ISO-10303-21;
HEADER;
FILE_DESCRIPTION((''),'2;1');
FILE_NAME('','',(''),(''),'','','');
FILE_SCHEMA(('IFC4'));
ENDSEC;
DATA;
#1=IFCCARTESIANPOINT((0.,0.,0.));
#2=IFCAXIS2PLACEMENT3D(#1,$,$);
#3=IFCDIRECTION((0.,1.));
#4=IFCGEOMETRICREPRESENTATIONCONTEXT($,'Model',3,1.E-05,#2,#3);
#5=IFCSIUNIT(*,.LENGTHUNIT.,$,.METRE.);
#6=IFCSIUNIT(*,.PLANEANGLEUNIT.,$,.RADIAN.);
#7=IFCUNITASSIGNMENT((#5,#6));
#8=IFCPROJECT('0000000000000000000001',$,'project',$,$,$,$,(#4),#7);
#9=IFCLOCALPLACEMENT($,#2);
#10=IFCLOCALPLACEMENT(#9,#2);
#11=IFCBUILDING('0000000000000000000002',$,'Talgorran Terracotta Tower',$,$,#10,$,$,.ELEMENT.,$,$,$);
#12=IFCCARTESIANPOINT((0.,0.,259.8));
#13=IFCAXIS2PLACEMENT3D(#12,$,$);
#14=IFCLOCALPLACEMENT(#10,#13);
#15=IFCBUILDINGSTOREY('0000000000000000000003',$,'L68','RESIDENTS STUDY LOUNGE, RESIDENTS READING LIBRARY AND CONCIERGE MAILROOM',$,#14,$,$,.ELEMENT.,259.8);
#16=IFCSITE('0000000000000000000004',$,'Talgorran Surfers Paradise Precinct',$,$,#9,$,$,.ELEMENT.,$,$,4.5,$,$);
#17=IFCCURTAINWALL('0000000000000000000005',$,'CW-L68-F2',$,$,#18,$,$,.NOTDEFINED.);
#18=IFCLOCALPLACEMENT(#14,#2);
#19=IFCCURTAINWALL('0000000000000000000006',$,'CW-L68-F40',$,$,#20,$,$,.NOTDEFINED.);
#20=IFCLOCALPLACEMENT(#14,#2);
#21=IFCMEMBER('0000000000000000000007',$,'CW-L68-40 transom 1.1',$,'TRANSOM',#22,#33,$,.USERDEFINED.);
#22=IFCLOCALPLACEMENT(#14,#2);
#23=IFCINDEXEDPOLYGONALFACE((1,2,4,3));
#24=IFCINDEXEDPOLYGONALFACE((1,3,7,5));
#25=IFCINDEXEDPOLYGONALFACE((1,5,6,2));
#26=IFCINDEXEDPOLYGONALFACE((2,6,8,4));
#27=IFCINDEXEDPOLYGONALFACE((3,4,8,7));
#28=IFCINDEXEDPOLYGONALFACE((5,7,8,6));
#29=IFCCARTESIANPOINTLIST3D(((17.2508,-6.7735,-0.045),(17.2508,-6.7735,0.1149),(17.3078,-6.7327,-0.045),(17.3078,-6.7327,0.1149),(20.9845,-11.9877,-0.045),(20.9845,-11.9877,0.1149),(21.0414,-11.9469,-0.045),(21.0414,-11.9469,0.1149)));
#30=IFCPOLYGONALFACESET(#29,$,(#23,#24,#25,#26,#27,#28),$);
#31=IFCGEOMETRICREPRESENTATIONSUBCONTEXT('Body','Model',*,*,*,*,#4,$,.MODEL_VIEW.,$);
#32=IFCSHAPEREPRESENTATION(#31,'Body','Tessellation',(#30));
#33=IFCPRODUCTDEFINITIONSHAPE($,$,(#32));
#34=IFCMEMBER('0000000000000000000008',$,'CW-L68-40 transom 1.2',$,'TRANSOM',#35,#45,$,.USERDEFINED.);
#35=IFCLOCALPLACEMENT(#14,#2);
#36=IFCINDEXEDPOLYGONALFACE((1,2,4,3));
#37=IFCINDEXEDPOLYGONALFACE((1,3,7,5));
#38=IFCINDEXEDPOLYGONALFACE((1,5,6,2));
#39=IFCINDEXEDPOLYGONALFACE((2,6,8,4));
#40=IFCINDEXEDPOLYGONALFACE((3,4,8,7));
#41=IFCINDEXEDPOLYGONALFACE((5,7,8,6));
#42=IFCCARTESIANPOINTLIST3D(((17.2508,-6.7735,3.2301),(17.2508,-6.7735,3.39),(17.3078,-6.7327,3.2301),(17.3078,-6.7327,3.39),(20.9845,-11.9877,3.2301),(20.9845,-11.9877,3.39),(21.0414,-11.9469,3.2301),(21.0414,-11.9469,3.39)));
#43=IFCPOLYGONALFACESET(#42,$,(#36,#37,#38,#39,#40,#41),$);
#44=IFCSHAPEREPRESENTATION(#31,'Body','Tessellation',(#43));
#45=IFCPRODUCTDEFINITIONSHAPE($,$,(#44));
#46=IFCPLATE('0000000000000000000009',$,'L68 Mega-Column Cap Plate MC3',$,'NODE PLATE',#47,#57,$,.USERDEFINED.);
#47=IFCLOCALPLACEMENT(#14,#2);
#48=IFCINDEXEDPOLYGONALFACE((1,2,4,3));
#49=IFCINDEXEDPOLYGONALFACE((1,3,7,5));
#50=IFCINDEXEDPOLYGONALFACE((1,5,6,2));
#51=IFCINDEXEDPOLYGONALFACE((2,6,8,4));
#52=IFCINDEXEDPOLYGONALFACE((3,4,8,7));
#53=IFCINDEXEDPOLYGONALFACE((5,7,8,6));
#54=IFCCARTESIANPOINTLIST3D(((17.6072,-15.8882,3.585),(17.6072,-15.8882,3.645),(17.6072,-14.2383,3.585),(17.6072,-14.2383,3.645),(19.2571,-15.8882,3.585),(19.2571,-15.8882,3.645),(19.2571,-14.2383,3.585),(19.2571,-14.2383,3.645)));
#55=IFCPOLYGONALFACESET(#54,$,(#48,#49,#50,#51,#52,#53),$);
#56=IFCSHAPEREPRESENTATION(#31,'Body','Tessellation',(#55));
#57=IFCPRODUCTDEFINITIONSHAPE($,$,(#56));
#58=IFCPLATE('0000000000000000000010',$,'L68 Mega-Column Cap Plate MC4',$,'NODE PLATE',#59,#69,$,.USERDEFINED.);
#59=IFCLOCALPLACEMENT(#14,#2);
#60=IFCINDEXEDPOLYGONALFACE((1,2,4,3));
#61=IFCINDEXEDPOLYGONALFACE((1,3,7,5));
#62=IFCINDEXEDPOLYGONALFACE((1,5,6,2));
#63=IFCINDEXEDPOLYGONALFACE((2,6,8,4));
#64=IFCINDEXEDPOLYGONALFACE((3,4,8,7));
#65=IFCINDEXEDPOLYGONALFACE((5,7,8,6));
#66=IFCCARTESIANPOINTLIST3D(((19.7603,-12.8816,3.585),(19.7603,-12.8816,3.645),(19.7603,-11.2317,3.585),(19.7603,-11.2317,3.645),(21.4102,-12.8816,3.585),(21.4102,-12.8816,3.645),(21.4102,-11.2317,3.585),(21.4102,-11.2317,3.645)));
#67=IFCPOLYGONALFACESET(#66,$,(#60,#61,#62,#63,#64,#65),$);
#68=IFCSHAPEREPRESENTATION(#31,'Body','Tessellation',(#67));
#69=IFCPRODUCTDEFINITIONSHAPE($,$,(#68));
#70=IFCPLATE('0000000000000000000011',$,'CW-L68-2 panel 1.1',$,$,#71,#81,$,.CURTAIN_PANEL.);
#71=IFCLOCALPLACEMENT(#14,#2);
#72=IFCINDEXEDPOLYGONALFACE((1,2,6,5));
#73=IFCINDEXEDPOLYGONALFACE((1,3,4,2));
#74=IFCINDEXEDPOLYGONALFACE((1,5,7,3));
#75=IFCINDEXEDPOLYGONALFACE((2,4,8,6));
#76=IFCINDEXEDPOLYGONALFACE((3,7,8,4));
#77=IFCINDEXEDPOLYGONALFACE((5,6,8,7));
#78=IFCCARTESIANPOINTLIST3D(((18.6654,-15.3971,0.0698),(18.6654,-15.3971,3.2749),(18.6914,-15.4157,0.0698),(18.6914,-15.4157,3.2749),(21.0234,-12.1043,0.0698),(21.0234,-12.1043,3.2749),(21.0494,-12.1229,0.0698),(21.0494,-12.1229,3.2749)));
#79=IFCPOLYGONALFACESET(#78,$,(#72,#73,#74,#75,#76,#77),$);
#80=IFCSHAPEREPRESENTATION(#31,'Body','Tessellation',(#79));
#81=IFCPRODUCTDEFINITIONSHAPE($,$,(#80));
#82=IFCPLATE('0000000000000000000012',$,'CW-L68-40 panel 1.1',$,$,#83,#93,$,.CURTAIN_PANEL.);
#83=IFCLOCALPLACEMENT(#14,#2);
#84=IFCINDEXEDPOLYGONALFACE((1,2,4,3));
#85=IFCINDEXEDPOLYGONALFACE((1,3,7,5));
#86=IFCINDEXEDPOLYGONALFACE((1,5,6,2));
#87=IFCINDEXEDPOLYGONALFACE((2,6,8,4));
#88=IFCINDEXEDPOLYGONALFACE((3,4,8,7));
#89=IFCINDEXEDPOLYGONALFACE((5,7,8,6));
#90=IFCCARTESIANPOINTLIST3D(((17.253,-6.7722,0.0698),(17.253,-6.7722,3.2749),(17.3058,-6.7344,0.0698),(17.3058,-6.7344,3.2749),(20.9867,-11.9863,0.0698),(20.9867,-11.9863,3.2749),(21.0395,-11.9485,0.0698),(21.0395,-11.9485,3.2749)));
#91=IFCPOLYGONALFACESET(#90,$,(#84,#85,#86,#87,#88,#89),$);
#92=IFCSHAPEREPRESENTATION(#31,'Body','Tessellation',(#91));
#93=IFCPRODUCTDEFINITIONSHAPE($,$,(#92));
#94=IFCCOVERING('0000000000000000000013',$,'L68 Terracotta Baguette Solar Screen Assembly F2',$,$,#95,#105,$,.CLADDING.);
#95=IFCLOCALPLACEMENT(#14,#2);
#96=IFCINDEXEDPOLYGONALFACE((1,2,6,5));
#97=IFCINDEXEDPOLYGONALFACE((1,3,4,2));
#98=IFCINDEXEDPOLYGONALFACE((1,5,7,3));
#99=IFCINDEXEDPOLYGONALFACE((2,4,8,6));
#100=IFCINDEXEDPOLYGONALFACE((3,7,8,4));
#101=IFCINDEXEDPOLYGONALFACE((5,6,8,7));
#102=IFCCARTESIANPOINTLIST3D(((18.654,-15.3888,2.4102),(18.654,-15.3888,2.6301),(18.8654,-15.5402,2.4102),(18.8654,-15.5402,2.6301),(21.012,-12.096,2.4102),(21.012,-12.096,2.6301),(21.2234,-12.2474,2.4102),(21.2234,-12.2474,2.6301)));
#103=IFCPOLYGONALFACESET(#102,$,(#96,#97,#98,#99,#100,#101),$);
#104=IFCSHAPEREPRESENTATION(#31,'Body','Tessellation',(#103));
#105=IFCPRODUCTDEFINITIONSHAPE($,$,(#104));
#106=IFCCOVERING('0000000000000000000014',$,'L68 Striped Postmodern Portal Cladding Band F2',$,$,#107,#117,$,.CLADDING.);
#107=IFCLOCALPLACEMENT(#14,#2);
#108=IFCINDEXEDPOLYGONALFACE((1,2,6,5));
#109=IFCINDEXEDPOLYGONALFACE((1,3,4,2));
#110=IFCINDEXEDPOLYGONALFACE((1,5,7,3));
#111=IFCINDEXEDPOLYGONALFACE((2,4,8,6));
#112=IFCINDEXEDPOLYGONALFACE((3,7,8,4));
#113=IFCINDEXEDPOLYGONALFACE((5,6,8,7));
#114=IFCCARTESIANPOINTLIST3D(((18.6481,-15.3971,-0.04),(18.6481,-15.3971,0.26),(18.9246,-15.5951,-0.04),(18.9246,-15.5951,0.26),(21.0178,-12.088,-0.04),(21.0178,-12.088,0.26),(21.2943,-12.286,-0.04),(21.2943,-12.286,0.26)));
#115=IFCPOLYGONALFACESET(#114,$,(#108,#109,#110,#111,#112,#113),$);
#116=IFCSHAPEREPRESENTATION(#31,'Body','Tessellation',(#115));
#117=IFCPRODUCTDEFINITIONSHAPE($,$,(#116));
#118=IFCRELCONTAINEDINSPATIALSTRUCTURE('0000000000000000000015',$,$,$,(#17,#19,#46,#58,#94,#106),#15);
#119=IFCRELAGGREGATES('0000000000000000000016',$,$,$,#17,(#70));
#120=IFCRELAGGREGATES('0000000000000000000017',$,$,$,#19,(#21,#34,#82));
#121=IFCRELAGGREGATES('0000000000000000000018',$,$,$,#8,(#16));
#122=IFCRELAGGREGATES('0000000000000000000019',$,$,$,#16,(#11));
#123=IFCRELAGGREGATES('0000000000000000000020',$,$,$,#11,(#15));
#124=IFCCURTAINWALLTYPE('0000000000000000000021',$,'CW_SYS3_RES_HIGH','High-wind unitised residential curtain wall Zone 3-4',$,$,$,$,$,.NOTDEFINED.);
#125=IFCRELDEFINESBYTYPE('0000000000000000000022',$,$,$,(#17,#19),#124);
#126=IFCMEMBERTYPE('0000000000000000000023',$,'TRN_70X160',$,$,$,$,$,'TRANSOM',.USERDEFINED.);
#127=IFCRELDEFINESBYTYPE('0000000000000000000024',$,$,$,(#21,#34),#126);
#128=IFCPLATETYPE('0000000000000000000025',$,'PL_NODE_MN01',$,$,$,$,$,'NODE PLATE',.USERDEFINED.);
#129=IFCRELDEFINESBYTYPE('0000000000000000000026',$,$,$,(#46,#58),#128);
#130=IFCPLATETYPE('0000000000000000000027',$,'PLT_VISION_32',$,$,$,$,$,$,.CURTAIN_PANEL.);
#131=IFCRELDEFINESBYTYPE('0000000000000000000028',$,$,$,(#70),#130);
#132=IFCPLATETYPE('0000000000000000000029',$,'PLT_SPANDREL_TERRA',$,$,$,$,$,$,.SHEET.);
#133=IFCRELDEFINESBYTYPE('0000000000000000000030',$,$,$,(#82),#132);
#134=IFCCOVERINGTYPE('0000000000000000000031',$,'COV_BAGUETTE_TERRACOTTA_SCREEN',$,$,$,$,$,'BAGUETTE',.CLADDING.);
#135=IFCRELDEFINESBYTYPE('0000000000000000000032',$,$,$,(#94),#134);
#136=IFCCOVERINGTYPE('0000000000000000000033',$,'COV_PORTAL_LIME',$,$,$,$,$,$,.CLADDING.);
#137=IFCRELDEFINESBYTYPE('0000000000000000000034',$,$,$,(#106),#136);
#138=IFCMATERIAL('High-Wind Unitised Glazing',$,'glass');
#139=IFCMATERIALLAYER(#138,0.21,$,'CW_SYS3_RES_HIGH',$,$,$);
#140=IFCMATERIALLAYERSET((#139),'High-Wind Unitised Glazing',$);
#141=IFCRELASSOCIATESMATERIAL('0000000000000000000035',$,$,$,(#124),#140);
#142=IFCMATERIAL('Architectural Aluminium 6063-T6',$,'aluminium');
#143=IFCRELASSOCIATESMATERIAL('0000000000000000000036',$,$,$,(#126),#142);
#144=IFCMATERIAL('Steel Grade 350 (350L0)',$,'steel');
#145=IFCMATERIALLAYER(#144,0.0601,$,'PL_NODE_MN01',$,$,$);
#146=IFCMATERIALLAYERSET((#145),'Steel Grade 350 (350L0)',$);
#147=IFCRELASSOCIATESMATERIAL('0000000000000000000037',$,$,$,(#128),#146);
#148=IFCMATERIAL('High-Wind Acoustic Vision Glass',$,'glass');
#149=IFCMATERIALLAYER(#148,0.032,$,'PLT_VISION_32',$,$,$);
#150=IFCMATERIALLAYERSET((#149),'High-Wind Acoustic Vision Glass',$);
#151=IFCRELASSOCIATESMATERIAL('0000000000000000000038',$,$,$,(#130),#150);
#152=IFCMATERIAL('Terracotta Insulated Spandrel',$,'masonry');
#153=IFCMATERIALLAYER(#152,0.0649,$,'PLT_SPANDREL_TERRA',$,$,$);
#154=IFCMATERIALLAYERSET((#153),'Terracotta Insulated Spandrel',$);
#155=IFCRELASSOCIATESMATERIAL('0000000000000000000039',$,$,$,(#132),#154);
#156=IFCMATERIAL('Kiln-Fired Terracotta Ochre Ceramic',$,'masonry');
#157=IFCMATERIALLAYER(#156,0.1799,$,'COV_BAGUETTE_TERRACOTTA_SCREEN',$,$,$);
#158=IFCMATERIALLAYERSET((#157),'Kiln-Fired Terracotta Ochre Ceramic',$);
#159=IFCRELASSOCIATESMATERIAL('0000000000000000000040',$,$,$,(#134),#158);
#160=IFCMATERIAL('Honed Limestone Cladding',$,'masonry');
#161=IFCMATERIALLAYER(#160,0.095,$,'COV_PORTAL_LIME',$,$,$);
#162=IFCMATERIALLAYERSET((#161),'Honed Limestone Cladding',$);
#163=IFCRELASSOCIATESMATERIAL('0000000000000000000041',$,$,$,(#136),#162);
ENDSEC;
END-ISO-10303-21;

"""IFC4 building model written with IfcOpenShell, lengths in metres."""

from ifc_helpers import new_model, si_unit, direction, frame, origin, origin_2d, place, context, subcontext, project, spatial, rectangle, extrude, source, transform, mapped, material, layer, layer_set, material_profile, profile_set, type_object, type_shapes, element, aggregate, save


model = new_model("IFC4")

# Units and contexts
model_context = context("Model", 3, precision=1e-05, world=origin(), true_north=direction((0.0, 1.0)))
body_context = subcontext(model_context, "Body", "Model", "MODEL_VIEW")
ifc_project = project(units=[si_unit("LENGTHUNIT", "METRE"), si_unit("PLANEANGLEUNIT", "RADIAN")], contexts=[model_context])

# Site, building, storey
site_placement = place(None, origin())
site = spatial("IfcSite", under=ifc_project, at=site_placement, Name="Talgorran Surfers Paradise Precinct", CompositionType="ELEMENT", RefElevation=4.5)
building_placement = place(site_placement, origin())
building = spatial("IfcBuilding", under=site, at=building_placement, Name="Talgorran Terracotta Tower", CompositionType="ELEMENT")
storey_placement = place(building_placement, frame((0.0, 0.0, 259.8)))
storey = spatial("IfcBuildingStorey", under=building, at=storey_placement, Name="L68", Description="RESIDENTS STUDY LOUNGE, RESIDENTS READING LIBRARY AND CONCIERGE MAILROOM", CompositionType="ELEMENT", Elevation=259.8)

# Shared definitions
ifc_material_1 = material(Name="Steel Grade 350 (350L0)", Category="steel")

# Shared definitions
ifc_material_2 = material(Name="High-Wind Unitised Glazing", Category="glass")
ifc_layer_1 = layer(ifc_material_2, 0.21, Name="CW_SYS3_RES_HIGH")
ifc_layer_set_1 = layer_set([ifc_layer_1], Name="High-Wind Unitised Glazing")
curtain_wall_type = type_object("IfcCurtainWallType", Name="CW_SYS3_RES_HIGH", Description="High-wind unitised residential curtain wall Zone 3-4", PredefinedType="NOTDEFINED", material=ifc_layer_set_1)
ifc_material_3 = material(Name="Architectural Aluminium 6063-T6", Category="aluminium")

# Curtain wall
curtain_wall_1_placement = place(storey_placement, origin())
curtain_wall_1 = element("IfcCurtainWall", 1, at=curtain_wall_1_placement, inside=storey, type_object=curtain_wall_type, Name="CW-L68-F2", PredefinedType="NOTDEFINED")

# Curtain wall
curtain_wall_2_placement = place(storey_placement, origin())
curtain_wall_2 = element("IfcCurtainWall", 2, at=curtain_wall_2_placement, inside=storey, type_object=curtain_wall_type, Name="CW-L68-F40", PredefinedType="NOTDEFINED")

# Members
ifc_material_profile_1 = material_profile(ifc_material_3, rectangle(XDim=0.0701, YDim=0.1599, at=origin_2d()), Name="CWT70X160")
ifc_profile_set_1 = profile_set([ifc_material_profile_1], Name="Architectural Aluminium 6063-T6")
member_type_1 = type_object("IfcMemberType", Name="TRN_70X160", ElementType="TRANSOM", PredefinedType="USERDEFINED", material=ifc_profile_set_1)
member_1_placement = place(storey_placement, frame((21.0129, -11.9673, 0.0349), z_axis=(-0.582196, 0.813049, 0.0), x_axis=(-0.813049, -0.582196, 0.0)))
member_1 = element("IfcMember", 3, at=member_1_placement, type_object=member_type_1, Name="CW-L68-40 transom 1.1", ObjectType="TRANSOM", PredefinedType="USERDEFINED", context=body_context, shape_type="SweptSolid", body=[
    extrude(rectangle(XDim=0.0701, YDim=0.1599, at=origin_2d()), origin(), (0.0, 0.0, 1.0), 6.4131),
])
member_2_placement = place(storey_placement, frame((21.0129, -11.9673, 3.3101), z_axis=(-0.582196, 0.813049, 0.0), x_axis=(-0.813049, -0.582196, 0.0)))
member_2 = element("IfcMember", 4, at=member_2_placement, type_object=member_type_1, Name="CW-L68-40 transom 1.2", ObjectType="TRANSOM", PredefinedType="USERDEFINED", context=body_context, shape_type="SweptSolid", body=[
    extrude(rectangle(XDim=0.0701, YDim=0.1599, at=origin_2d()), origin(), (0.0, 0.0, 1.0), 6.4131),
])

# Plates
ifc_layer_2 = layer(ifc_material_1, 0.0601, Name="PL_NODE_MN01")
ifc_layer_set_2 = layer_set([ifc_layer_2], Name="Steel Grade 350 (350L0)")
plate_type_1 = type_object("IfcPlateType", Name="PL_NODE_MN01", ElementType="NODE PLATE", PredefinedType="USERDEFINED", material=ifc_layer_set_2)
for number, where, z_axis, x_axis, name in (
    (5, (18.4321, -15.0632, 3.585), (0.0, 0.0, 1.0), (1.0, 0.0, 0.0), "L68 Mega-Column Cap Plate MC3"),
    (6, (20.5852, -12.0566, 3.585), (0.0, 0.0, 1.0), (1.0, 0.0, 0.0), "L68 Mega-Column Cap Plate MC4"),
):
    element("IfcPlate", number, at=place(storey_placement, frame(where, z_axis=z_axis, x_axis=x_axis)), inside=storey, type_object=plate_type_1, Name=name, ObjectType="NODE PLATE", PredefinedType="USERDEFINED", context=body_context, shape_type="SweptSolid", body=[
        extrude(rectangle(XDim=1.6499, YDim=1.6499, at=origin_2d()), origin(), (0.0, 0.0, 1.0), 0.0601),
    ])

# Plates
ifc_material_4 = material(Name="High-Wind Acoustic Vision Glass", Category="glass")
ifc_layer_3 = layer(ifc_material_4, 0.032, Name="PLT_VISION_32")
ifc_layer_set_3 = layer_set([ifc_layer_3], Name="High-Wind Acoustic Vision Glass")
plate_type_2 = type_object("IfcPlateType", Name="PLT_VISION_32", PredefinedType="CURTAIN_PANEL", material=ifc_layer_set_3)
shared_shape_1 = source(origin(), body_context, "Body", "SweptSolid", [
    extrude(rectangle(XDim=4.05, YDim=0.032, at=origin_2d()), origin(), (0.0, 0.0, 1.0), 3.2051),
])
type_shapes(plate_type_2, [shared_shape_1])
plate_1_placement = place(storey_placement, frame((19.8574, -13.76, 0.0698), z_axis=(0.0, 0.0, 1.0), x_axis=(0.58222, 0.813031, 0.0)))
plate_1 = element("IfcPlate", 7, at=plate_1_placement, type_object=plate_type_2, Name="CW-L68-2 panel 1.1", PredefinedType="CURTAIN_PANEL", context=body_context, shape_type="MappedRepresentation", body=[
    mapped(shared_shape_1, transform((0.0, 0.0, 0.0), scale=1.0)),
])
aggregate(curtain_wall_1, [plate_1])
ifc_material_5 = material(Name="Terracotta Insulated Spandrel", Category="masonry")
ifc_layer_4 = layer(ifc_material_5, 0.0649, Name="PLT_SPANDREL_TERRA")
ifc_layer_set_4 = layer_set([ifc_layer_4], Name="Terracotta Insulated Spandrel")
plate_type_3 = type_object("IfcPlateType", Name="PLT_SPANDREL_TERRA", PredefinedType="SHEET", material=ifc_layer_set_4)
shared_shape_2 = source(origin(), body_context, "Body", "SweptSolid", [
    extrude(rectangle(XDim=6.4131, YDim=0.0649, at=origin_2d()), origin(), (0.0, 0.0, 1.0), 3.2051),
])
type_shapes(plate_type_3, [shared_shape_2])
plate_2_placement = place(storey_placement, frame((19.1462, -9.3604, 0.0698), z_axis=(0.0, 0.0, 1.0), x_axis=(-0.582204, 0.813042, 0.0)))
plate_2 = element("IfcPlate", 8, at=plate_2_placement, type_object=plate_type_3, Name="CW-L68-40 panel 1.1", PredefinedType="CURTAIN_PANEL", context=body_context, shape_type="MappedRepresentation", body=[
    mapped(shared_shape_2, transform((0.0, 0.0, 0.0), scale=1.0)),
])
aggregate(curtain_wall_2, [member_1, member_2, plate_2])

# Coverings
ifc_material_6 = material(Name="Kiln-Fired Terracotta Ochre Ceramic", Category="masonry")
ifc_layer_5 = layer(ifc_material_6, 0.1799, Name="COV_BAGUETTE_TERRACOTTA_SCREEN")
ifc_layer_set_5 = layer_set([ifc_layer_5], Name="Kiln-Fired Terracotta Ochre Ceramic")
covering_type_1 = type_object("IfcCoveringType", Name="COV_BAGUETTE_TERRACOTTA_SCREEN", ElementType="BAGUETTE", PredefinedType="CLADDING", material=ifc_layer_set_5)
covering_1_placement = place(storey_placement, frame((19.9387, -13.8181, 2.4102), z_axis=(0.0, 0.0, 1.0), x_axis=(0.582222, 0.81303, 0.0)))
element("IfcCovering", 9, at=covering_1_placement, inside=storey, type_object=covering_type_1, Name="L68 Terracotta Baguette Solar Screen Assembly F2", PredefinedType="CLADDING", context=body_context, shape_type="SweptSolid", body=[
    extrude(rectangle(XDim=4.05, YDim=0.26, at=origin_2d()), origin(), (0.0, 0.0, 1.0), 0.22),
])
ifc_material_7 = material(Name="Honed Limestone Cladding", Category="masonry")
ifc_layer_6 = layer(ifc_material_7, 0.095, Name="COV_PORTAL_LIME")
ifc_layer_set_6 = layer_set([ifc_layer_6], Name="Honed Limestone Cladding")
covering_type_2 = type_object("IfcCoveringType", Name="COV_PORTAL_LIME", PredefinedType="CLADDING", material=ifc_layer_set_6)
covering_2_placement = place(storey_placement, frame((19.9712, -13.8416, -0.04), z_axis=(0.0, 0.0, 1.0), x_axis=(0.582222, 0.81303, 0.0)))
element("IfcCovering", 10, at=covering_2_placement, inside=storey, type_object=covering_type_2, Name="L68 Striped Postmodern Portal Cladding Band F2", PredefinedType="CLADDING", context=body_context, shape_type="SweptSolid", body=[
    extrude(rectangle(XDim=4.0701, YDim=0.3401, at=origin_2d()), origin(), (0.0, 0.0, 1.0), 0.3),
])

save(model, "model.ifc")
